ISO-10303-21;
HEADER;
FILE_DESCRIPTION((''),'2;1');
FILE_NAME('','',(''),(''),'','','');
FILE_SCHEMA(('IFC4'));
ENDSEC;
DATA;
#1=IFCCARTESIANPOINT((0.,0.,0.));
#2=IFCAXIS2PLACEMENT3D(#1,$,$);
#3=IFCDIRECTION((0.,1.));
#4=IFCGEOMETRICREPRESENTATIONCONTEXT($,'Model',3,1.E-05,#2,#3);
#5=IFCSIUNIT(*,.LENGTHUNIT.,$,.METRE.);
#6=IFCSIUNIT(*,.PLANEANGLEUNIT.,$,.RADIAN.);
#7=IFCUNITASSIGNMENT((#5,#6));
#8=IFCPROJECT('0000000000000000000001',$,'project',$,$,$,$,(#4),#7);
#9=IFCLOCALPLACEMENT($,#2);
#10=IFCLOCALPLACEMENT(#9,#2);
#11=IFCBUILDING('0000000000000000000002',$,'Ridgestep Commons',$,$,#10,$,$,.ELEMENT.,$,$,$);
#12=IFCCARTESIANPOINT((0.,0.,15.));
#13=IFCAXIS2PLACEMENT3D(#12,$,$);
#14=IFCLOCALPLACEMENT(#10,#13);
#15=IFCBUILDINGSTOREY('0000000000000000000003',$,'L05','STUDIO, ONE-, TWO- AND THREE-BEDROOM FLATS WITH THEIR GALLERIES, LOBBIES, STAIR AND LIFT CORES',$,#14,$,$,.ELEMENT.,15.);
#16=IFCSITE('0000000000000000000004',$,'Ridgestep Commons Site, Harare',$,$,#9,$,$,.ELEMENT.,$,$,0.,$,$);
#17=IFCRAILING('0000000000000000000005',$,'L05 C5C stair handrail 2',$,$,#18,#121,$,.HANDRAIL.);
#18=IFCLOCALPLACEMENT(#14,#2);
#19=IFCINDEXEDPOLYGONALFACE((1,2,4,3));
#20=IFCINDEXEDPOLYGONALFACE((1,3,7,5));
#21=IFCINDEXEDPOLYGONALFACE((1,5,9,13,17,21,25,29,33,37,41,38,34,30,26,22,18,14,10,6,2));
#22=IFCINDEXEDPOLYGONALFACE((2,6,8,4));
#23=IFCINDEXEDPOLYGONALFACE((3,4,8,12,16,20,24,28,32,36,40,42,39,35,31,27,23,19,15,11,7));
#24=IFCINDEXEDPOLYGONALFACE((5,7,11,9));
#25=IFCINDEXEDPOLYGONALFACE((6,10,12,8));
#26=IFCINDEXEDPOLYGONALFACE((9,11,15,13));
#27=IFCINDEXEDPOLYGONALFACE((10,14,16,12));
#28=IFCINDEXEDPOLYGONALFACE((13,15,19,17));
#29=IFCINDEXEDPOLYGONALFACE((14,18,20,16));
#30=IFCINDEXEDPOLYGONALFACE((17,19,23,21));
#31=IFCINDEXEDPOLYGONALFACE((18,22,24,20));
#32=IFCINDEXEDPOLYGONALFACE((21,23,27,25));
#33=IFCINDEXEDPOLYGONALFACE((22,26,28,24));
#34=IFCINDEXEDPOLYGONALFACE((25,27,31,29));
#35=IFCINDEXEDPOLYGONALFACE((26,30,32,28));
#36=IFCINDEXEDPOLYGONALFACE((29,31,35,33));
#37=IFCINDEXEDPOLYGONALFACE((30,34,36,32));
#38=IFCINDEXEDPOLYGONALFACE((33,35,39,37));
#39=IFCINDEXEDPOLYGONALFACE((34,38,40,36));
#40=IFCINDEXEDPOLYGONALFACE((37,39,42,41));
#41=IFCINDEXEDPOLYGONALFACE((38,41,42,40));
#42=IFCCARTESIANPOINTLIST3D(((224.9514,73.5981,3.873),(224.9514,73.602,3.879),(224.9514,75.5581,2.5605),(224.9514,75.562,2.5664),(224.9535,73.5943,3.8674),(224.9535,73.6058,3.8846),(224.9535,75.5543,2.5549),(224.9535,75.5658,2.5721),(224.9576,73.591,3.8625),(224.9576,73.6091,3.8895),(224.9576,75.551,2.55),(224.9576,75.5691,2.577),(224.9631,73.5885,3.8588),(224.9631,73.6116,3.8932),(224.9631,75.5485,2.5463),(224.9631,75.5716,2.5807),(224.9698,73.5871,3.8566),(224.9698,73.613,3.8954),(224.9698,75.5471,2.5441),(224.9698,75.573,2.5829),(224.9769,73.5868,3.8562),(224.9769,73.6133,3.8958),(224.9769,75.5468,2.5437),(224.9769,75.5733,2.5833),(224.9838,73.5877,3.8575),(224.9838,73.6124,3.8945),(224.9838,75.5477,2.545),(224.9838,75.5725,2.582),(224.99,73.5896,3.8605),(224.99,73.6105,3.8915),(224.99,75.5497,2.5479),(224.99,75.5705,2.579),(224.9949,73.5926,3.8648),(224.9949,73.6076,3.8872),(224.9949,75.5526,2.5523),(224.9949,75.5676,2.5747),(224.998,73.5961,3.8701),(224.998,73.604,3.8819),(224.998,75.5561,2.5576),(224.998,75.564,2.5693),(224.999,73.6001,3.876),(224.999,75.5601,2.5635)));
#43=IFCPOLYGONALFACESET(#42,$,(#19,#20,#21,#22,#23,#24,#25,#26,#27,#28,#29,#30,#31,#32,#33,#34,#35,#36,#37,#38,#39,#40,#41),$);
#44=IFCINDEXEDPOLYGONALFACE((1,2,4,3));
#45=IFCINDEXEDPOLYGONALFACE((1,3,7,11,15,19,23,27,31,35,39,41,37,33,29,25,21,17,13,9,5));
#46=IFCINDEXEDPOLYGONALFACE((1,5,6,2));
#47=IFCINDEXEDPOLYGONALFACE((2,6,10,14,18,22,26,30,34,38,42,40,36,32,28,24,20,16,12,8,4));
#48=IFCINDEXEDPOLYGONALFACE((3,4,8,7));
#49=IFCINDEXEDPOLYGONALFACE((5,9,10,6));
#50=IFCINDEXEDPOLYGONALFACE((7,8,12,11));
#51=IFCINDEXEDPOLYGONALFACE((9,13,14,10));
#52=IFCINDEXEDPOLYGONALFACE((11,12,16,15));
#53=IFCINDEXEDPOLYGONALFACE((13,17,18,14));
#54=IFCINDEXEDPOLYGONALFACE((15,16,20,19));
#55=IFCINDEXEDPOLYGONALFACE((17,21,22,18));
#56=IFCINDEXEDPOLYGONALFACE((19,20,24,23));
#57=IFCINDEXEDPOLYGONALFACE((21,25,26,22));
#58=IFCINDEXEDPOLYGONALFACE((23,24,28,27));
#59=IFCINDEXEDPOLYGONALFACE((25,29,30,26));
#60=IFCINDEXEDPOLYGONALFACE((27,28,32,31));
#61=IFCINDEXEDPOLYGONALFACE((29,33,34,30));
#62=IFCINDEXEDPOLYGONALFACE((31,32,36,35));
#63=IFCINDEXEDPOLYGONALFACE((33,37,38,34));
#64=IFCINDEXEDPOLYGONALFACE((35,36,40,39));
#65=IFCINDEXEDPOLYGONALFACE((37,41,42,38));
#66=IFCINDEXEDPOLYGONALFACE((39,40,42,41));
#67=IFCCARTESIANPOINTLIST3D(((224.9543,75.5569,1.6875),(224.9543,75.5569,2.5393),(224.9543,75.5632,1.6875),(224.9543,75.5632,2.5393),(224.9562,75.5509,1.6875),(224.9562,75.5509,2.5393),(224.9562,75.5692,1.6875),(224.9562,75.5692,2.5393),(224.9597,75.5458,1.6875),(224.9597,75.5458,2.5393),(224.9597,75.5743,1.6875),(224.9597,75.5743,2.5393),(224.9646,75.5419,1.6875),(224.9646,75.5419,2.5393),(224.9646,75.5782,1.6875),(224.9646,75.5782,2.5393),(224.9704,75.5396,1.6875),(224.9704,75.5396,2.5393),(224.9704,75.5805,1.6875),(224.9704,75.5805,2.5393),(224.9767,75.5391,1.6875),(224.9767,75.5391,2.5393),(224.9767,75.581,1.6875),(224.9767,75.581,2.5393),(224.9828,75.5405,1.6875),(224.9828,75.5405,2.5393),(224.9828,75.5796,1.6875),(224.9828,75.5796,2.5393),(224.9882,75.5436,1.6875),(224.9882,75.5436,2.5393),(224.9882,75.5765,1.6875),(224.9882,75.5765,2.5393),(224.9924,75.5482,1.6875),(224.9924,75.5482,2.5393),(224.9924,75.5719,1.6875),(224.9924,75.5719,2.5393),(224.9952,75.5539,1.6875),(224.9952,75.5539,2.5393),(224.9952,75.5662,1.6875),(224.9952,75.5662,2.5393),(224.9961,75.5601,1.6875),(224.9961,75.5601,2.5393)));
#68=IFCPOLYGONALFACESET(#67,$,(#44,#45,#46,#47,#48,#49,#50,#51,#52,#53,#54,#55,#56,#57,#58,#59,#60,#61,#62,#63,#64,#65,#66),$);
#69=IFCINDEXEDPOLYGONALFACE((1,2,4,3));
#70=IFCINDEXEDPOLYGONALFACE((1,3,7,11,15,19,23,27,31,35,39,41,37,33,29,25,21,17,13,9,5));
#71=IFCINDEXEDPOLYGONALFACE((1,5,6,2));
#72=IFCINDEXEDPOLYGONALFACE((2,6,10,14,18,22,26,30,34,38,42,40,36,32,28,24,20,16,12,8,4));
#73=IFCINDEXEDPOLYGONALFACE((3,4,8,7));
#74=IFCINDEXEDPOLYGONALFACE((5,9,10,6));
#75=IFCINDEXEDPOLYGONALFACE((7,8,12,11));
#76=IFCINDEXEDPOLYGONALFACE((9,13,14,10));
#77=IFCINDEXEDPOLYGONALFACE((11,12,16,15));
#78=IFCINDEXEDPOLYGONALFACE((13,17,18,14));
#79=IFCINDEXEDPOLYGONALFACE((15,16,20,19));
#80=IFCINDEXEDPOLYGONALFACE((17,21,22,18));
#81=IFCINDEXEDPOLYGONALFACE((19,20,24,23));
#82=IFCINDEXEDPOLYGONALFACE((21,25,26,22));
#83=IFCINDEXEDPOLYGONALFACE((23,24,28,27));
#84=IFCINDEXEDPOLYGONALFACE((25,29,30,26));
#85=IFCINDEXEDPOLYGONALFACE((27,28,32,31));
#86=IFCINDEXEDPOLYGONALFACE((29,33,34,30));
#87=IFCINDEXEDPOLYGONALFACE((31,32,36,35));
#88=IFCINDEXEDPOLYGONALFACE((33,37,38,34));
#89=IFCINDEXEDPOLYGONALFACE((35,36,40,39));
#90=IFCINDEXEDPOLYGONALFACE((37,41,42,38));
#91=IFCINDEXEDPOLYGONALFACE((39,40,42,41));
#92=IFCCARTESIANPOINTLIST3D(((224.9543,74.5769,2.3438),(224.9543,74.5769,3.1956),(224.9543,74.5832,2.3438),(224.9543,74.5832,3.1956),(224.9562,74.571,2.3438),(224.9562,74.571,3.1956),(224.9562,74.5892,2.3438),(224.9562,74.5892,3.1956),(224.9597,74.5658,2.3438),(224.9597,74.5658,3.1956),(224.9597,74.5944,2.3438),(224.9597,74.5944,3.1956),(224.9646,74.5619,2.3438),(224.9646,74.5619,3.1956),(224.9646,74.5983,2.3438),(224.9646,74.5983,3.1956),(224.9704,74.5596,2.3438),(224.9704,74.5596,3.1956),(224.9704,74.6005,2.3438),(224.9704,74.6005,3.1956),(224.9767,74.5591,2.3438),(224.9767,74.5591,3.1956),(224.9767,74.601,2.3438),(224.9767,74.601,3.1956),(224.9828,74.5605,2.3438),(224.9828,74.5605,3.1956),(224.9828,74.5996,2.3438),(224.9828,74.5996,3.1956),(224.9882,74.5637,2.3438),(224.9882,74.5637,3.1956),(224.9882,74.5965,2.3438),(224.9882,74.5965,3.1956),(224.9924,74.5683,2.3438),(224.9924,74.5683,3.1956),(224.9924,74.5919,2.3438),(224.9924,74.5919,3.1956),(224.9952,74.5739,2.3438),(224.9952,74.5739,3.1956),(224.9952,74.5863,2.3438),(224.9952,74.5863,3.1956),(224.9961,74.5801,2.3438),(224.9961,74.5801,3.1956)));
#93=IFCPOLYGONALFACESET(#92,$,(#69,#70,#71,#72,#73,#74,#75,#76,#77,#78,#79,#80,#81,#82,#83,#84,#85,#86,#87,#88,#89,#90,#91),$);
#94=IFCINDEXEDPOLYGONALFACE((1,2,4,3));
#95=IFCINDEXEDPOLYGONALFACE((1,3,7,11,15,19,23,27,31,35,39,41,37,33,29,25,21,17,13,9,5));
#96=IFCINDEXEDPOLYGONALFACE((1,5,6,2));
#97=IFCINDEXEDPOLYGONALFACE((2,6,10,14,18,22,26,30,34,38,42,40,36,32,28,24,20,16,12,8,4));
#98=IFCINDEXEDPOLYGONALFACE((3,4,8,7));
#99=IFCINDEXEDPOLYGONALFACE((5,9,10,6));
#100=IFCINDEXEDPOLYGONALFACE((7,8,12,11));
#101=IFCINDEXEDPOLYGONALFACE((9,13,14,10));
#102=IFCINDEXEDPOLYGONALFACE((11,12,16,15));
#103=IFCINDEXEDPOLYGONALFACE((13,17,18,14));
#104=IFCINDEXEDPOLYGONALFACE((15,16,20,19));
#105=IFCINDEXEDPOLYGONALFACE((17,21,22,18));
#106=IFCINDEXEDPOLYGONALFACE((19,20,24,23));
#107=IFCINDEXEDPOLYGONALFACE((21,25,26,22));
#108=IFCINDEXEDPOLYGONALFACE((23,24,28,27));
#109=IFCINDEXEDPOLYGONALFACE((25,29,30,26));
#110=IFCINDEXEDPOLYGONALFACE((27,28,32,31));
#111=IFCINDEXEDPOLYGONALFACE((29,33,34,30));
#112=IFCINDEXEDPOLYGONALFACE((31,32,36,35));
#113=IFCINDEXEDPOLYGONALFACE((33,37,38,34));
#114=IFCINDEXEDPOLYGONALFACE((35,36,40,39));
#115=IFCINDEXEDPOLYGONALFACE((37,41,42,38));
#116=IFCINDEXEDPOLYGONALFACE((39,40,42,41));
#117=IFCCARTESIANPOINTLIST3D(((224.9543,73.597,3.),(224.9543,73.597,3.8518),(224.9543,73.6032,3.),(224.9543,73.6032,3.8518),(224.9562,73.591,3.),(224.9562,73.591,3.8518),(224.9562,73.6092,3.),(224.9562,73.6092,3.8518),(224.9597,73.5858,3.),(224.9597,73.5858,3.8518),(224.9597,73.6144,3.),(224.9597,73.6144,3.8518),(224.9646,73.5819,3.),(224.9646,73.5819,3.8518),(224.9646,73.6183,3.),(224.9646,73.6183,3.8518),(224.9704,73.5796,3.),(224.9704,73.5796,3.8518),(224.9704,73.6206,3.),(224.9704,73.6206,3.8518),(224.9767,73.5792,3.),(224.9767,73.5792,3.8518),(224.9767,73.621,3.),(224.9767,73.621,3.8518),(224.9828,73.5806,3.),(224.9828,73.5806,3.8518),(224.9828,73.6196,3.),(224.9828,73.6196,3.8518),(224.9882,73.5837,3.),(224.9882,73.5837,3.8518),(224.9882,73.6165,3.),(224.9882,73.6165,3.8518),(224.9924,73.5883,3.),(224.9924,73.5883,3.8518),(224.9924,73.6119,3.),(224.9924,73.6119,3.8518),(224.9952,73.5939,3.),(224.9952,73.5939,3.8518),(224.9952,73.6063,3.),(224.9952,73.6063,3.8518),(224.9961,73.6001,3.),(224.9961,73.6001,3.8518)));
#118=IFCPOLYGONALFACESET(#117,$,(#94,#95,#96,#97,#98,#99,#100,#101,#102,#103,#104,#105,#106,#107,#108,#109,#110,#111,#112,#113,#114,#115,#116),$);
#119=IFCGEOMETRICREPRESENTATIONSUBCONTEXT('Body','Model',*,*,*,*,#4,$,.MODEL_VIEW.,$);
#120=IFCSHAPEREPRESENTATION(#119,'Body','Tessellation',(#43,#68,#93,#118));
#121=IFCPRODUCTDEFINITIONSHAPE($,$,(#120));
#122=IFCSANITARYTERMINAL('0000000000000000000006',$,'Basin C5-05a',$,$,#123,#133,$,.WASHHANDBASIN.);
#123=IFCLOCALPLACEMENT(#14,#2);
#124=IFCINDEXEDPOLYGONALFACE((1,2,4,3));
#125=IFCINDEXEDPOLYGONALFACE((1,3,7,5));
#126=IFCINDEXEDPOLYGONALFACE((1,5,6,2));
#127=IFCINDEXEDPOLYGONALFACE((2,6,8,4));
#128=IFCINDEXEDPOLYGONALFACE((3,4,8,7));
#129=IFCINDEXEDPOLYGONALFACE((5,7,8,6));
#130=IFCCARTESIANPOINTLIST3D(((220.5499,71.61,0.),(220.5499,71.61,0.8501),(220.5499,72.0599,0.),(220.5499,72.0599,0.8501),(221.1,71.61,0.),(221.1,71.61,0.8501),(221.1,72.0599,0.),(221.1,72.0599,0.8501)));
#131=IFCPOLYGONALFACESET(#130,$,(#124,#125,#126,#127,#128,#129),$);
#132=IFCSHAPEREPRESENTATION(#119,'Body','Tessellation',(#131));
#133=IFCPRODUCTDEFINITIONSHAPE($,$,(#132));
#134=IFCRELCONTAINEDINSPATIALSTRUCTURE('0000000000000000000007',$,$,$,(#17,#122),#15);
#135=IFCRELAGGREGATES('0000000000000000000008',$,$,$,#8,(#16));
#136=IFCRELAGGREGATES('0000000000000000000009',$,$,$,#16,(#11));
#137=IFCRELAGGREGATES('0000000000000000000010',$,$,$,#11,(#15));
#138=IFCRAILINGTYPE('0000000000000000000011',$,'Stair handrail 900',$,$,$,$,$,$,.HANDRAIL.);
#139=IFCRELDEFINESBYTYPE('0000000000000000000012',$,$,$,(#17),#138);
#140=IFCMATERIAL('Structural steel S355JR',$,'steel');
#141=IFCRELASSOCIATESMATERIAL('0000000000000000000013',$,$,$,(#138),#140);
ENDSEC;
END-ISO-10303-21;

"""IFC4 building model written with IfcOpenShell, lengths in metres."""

from ifc_helpers import new_model, si_unit, direction, frame, origin, origin_2d, place, context, subcontext, project, spatial, rectangle, circle, extrude, material, type_object, element, save


model = new_model("IFC4")

# Units and contexts
model_context = context("Model", 3, precision=1e-05, world=origin(), true_north=direction((0.0, 1.0)))
body_context = subcontext(model_context, "Body", "Model", "MODEL_VIEW")
ifc_project = project(units=[si_unit("LENGTHUNIT", "METRE"), si_unit("PLANEANGLEUNIT", "RADIAN")], contexts=[model_context])

# Site, building, storey
site_placement = place(None, origin())
site = spatial("IfcSite", under=ifc_project, at=site_placement, Name="Ridgestep Commons Site, Harare", CompositionType="ELEMENT", RefElevation=0.0)
building_placement = place(site_placement, origin())
building = spatial("IfcBuilding", under=site, at=building_placement, Name="Ridgestep Commons", CompositionType="ELEMENT")
storey_placement = place(building_placement, frame((0.0, 0.0, 15.0)))
storey = spatial("IfcBuildingStorey", under=building, at=storey_placement, Name="L05", Description="STUDIO, ONE-, TWO- AND THREE-BEDROOM FLATS WITH THEIR GALLERIES, LOBBIES, STAIR AND LIFT CORES", CompositionType="ELEMENT", Elevation=15.0)

# Railing
ifc_material_1 = material(Name="Structural steel S355JR", Category="steel")
railing_type_1 = type_object("IfcRailingType", Name="Stair handrail 900", PredefinedType="HANDRAIL", material=ifc_material_1)
railing_1_placement = place(storey_placement, frame((224.9751, 75.5601, 1.6875)))
element("IfcRailing", 1, at=railing_1_placement, inside=storey, type_object=railing_type_1, Name="L05 C5C stair handrail 2", PredefinedType="HANDRAIL", context=body_context, shape_type="SweptSolid", body=[
    extrude(circle(Radius=0.0239, at=origin_2d()), frame((0.0, 0.0, 0.876), z_axis=(0.0, -0.830902, 0.556419), x_axis=(1.0, 0.0, 0.0)), (0.0, 0.0, 1.0), 2.3589),
    extrude(circle(Radius=0.021, at=origin_2d()), origin(), (0.0, 0.0, 1.0), 0.8518),
    extrude(circle(Radius=0.021, at=origin_2d()), frame((0.0, -0.98, 0.6562)), (0.0, 0.0, 1.0), 0.8518),
    extrude(circle(Radius=0.021, at=origin_2d()), frame((0.0, -1.96, 1.3125)), (0.0, 0.0, 1.0), 0.8518),
])

# Sanitary terminal
sanitary_terminal_placement = place(storey_placement, frame((220.825, 71.835, 0.0), z_axis=(0.0, 0.0, 1.0), x_axis=(1.0, 0.0, 0.0)))
element("IfcSanitaryTerminal", 2, at=sanitary_terminal_placement, inside=storey, Name="Basin C5-05a", PredefinedType="WASHHANDBASIN", context=body_context, shape_type="SweptSolid", body=[
    extrude(rectangle(XDim=0.55, YDim=0.45, at=origin_2d()), origin(), (0.0, 0.0, 1.0), 0.8501),
])

save(model, "model.ifc")
